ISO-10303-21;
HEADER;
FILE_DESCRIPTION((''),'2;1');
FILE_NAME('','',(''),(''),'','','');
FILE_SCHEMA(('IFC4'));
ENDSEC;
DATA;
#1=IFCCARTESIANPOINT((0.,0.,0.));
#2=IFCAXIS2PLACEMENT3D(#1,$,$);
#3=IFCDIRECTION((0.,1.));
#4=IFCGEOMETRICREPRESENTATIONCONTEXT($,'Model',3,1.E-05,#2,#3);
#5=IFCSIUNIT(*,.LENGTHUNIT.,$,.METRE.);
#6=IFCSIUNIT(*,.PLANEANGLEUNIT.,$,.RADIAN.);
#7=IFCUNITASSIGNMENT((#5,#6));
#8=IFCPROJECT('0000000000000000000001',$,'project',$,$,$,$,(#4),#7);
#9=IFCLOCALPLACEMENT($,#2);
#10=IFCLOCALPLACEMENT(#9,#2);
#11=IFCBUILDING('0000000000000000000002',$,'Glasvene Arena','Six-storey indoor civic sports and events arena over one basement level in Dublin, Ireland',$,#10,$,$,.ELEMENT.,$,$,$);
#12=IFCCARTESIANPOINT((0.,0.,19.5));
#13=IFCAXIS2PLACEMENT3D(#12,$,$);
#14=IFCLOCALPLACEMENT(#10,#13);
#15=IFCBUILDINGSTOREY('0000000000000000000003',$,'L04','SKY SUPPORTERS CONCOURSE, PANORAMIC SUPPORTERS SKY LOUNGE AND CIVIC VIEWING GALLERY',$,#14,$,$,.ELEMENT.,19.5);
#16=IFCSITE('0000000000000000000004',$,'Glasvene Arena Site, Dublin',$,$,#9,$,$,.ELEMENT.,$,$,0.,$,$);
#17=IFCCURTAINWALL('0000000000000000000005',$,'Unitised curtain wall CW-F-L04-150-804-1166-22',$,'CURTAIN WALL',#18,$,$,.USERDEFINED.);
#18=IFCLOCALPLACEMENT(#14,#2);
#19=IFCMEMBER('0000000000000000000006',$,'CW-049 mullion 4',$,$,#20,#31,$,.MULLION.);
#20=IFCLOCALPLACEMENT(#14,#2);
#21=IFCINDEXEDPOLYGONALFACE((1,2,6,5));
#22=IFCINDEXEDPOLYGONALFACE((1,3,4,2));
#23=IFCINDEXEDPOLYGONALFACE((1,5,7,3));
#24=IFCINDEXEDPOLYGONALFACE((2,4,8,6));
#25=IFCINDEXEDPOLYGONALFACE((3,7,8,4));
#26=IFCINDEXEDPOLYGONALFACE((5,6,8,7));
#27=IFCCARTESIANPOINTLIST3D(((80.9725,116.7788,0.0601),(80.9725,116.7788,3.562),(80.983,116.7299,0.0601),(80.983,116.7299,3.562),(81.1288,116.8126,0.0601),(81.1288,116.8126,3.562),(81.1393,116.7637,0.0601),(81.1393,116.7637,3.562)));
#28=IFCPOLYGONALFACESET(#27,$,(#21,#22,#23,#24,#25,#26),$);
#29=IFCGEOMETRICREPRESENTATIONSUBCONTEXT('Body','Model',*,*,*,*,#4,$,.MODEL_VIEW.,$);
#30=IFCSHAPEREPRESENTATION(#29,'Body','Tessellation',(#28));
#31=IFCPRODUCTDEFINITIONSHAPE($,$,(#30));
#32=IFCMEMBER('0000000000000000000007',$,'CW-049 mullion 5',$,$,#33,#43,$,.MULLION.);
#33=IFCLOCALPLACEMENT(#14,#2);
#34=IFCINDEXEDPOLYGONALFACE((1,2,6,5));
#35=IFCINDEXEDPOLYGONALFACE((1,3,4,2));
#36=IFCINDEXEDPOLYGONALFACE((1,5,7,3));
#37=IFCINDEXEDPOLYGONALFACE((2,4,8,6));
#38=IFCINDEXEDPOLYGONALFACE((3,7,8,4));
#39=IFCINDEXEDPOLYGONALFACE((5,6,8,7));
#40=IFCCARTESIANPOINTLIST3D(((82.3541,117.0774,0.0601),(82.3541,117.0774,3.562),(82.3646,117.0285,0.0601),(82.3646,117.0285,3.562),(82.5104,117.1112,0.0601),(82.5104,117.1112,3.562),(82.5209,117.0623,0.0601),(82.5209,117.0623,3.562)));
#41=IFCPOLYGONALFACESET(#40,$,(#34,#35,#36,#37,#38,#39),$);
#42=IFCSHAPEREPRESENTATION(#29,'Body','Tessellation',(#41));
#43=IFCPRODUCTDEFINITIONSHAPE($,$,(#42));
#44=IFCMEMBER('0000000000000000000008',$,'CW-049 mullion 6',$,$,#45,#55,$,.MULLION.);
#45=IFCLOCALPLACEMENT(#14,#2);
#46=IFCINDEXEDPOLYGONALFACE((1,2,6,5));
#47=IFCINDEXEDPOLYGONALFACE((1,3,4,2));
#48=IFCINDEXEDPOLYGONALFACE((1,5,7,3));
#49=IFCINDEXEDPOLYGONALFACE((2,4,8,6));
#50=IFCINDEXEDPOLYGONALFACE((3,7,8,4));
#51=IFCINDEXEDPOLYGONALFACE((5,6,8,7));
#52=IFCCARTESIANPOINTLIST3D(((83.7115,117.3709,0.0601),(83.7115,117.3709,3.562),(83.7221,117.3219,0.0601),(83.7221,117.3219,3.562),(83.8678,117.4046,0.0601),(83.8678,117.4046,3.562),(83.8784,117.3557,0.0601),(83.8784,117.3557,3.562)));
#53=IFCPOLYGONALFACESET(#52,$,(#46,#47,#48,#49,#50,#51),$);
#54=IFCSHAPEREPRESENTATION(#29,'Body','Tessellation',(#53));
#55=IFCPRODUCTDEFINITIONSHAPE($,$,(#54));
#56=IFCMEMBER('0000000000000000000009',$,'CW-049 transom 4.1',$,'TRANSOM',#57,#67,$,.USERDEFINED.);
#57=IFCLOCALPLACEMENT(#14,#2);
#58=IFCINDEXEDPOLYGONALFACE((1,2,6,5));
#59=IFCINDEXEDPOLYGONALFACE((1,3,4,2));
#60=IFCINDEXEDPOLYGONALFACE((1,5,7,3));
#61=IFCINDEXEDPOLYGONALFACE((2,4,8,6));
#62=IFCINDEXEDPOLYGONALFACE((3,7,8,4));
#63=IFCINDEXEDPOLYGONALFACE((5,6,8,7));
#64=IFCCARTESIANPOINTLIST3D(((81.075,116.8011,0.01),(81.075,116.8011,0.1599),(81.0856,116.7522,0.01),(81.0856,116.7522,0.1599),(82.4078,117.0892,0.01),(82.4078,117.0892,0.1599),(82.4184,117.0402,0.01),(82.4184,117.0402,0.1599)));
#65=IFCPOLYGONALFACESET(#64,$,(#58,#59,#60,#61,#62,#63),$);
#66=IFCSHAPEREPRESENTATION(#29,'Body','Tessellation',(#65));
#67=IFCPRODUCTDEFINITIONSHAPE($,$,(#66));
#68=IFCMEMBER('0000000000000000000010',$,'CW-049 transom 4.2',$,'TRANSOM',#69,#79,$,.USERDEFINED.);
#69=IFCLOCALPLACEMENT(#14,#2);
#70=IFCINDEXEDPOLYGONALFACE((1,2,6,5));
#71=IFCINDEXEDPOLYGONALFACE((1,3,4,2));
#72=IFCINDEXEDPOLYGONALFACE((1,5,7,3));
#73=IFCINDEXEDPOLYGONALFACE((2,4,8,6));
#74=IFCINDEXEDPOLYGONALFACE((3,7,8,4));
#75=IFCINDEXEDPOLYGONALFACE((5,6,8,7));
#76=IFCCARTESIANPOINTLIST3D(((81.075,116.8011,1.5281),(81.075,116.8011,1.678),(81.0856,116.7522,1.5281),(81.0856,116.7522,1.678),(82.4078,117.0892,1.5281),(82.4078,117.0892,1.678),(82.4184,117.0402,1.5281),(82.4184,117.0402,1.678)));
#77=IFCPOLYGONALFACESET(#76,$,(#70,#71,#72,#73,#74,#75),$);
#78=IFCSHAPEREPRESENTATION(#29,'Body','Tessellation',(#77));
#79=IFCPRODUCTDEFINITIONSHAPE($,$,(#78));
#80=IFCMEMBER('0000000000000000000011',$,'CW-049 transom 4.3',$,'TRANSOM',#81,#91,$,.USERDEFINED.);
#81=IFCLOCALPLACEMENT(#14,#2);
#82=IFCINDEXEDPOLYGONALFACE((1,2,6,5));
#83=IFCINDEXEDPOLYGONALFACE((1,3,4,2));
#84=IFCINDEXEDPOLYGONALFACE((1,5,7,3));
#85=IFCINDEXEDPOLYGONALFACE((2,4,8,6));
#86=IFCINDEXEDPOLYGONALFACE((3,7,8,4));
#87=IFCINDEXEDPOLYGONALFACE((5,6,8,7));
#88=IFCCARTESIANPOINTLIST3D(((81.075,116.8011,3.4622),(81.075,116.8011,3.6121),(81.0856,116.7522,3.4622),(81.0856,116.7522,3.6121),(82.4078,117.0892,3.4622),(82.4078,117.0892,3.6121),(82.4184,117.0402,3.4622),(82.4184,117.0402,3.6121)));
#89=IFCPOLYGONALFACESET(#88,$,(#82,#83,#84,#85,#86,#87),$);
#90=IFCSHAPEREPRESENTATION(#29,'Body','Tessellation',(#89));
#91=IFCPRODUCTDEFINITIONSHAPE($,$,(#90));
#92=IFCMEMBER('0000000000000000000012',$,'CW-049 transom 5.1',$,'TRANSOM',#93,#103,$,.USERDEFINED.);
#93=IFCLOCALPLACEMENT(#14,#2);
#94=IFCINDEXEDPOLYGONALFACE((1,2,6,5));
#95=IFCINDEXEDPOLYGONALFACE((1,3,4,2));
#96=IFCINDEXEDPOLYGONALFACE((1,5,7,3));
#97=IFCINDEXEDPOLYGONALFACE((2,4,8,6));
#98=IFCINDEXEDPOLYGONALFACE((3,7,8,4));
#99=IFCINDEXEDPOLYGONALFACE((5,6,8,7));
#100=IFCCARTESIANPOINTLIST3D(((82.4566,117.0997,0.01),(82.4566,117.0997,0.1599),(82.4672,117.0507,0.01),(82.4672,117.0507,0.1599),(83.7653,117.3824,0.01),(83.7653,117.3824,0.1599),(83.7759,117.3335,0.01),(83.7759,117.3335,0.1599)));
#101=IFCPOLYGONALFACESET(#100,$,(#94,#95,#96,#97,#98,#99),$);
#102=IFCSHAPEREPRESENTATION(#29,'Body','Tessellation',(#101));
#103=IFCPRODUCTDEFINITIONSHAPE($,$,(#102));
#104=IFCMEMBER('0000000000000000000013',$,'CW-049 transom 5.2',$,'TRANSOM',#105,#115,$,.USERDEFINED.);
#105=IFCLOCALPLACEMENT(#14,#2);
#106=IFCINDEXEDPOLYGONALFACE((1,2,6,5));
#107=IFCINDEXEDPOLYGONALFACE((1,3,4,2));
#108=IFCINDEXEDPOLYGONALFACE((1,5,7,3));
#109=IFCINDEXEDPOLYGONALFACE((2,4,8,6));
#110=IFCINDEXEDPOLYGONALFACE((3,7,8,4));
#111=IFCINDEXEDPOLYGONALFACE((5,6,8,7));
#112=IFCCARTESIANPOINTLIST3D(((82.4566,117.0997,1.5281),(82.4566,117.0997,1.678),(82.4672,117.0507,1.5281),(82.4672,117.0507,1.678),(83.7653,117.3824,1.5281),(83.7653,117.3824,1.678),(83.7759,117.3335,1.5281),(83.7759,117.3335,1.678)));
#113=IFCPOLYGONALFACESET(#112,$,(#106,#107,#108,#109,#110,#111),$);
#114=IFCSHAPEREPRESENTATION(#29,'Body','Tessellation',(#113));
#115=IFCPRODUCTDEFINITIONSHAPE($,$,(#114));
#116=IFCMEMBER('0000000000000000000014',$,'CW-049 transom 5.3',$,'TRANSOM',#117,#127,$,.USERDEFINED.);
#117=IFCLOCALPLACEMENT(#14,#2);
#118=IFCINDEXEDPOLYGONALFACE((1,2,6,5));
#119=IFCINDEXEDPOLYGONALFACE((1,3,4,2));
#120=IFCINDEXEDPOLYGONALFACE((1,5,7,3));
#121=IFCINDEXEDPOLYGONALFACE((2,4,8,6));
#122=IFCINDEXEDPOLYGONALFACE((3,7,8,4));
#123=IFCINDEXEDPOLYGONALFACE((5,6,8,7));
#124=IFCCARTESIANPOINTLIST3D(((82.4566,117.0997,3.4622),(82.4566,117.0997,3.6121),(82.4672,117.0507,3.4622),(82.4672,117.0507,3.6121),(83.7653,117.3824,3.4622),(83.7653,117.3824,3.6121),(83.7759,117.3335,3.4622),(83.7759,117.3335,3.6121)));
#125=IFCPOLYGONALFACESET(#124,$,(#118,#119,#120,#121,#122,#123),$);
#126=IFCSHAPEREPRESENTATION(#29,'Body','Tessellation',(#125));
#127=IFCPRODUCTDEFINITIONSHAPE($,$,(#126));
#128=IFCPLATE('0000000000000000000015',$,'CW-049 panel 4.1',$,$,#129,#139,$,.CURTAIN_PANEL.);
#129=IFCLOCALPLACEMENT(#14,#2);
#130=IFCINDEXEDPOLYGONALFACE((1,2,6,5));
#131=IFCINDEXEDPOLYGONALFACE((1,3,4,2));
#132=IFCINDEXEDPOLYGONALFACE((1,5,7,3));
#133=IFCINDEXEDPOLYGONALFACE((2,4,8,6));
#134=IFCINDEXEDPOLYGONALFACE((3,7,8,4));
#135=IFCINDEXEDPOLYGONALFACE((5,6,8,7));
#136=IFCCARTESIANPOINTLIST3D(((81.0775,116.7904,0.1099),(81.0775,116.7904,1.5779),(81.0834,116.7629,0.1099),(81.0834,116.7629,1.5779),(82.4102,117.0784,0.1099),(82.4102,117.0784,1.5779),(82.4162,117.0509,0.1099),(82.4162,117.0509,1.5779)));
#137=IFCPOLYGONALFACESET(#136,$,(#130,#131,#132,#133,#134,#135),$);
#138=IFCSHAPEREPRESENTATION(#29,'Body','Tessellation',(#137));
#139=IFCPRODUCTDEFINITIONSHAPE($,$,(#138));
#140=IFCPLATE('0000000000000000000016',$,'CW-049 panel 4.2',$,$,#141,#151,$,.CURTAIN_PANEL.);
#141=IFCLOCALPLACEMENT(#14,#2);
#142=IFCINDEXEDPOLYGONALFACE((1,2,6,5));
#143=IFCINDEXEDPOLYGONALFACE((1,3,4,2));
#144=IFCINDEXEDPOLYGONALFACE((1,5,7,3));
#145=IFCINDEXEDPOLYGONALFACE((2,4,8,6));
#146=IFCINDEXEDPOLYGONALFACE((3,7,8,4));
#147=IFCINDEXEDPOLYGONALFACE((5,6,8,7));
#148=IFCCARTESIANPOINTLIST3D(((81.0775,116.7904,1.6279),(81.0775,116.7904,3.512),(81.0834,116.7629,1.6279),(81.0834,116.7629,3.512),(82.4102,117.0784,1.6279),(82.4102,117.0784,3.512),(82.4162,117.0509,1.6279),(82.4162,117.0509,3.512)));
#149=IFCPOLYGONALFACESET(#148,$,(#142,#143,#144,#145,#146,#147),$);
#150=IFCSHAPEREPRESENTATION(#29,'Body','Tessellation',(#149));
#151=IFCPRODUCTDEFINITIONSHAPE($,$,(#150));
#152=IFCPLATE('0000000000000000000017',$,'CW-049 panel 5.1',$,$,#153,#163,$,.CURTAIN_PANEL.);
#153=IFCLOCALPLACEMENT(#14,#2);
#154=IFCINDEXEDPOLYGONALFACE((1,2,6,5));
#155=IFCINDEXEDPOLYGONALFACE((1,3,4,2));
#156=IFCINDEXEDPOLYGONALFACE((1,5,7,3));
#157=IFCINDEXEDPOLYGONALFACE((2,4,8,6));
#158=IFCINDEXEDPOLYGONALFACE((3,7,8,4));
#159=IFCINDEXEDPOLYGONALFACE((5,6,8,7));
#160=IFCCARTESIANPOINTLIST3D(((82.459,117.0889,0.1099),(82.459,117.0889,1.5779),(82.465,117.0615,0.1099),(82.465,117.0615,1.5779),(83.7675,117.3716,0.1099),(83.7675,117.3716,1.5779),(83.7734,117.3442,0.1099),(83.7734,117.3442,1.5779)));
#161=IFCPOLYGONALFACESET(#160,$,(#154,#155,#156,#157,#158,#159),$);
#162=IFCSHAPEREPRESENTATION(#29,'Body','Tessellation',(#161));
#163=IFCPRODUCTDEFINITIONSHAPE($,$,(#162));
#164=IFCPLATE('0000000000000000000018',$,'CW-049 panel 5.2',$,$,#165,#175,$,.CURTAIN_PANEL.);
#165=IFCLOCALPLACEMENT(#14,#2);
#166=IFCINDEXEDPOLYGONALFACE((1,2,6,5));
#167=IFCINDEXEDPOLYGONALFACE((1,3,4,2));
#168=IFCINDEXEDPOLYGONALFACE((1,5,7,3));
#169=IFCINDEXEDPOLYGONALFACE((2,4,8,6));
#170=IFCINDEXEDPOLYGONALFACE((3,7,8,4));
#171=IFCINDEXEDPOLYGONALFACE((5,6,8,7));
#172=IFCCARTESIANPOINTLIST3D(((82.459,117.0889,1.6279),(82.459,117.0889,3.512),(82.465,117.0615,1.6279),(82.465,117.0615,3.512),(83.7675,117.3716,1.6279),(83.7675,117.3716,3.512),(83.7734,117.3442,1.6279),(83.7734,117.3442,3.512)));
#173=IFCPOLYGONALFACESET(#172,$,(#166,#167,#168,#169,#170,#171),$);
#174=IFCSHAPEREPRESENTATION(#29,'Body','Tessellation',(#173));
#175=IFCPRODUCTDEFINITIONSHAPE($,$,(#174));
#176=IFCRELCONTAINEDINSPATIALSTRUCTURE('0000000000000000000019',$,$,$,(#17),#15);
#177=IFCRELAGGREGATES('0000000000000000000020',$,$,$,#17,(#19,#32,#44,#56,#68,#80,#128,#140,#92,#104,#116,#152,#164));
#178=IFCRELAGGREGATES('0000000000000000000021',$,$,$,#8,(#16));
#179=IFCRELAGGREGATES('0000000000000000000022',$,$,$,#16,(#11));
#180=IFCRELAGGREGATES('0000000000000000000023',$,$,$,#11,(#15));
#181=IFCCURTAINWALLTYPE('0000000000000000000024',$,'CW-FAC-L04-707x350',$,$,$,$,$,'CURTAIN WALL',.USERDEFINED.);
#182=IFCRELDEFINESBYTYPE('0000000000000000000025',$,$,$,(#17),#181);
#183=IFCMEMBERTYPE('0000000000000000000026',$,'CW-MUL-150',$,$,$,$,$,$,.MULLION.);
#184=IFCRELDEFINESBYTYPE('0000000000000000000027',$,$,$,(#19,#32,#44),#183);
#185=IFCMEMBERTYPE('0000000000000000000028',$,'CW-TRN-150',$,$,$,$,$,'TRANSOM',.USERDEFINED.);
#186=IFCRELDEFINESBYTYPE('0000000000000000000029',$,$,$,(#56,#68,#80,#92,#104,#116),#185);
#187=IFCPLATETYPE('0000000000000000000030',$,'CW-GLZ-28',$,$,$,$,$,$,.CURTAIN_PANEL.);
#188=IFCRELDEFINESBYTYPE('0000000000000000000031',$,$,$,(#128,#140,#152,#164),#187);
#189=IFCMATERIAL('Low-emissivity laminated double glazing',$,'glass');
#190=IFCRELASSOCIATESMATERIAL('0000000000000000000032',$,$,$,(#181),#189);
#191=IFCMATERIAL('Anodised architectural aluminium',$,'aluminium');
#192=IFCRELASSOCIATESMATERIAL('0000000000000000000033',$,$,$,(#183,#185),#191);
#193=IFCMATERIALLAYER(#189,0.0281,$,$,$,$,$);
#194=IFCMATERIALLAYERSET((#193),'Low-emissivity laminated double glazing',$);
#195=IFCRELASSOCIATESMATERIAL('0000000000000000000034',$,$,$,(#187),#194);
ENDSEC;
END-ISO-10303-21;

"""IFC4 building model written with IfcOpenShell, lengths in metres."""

from ifc_helpers import new_model, si_unit, direction, frame, origin, origin_2d, place, context, subcontext, project, spatial, rectangle, extrude, material, layer, layer_set, material_profile, profile_set, type_object, element, aggregate, save


model = new_model("IFC4")

# Units and contexts
model_context = context("Model", 3, precision=1e-05, world=origin(), true_north=direction((0.0, 1.0)))
body_context = subcontext(model_context, "Body", "Model", "MODEL_VIEW")
ifc_project = project(units=[si_unit("LENGTHUNIT", "METRE"), si_unit("PLANEANGLEUNIT", "RADIAN")], contexts=[model_context])

# Site, building, storey
site_placement = place(None, origin())
site = spatial("IfcSite", under=ifc_project, at=site_placement, Name="Glasvene Arena Site, Dublin", CompositionType="ELEMENT", RefElevation=0.0)
building_placement = place(site_placement, origin())
building = spatial("IfcBuilding", under=site, at=building_placement, Name="Glasvene Arena", Description="Six-storey indoor civic sports and events arena over one basement level in Dublin, Ireland", CompositionType="ELEMENT")
storey_placement = place(building_placement, frame((0.0, 0.0, 19.5)))
storey = spatial("IfcBuildingStorey", under=building, at=storey_placement, Name="L04", Description="SKY SUPPORTERS CONCOURSE, PANORAMIC SUPPORTERS SKY LOUNGE AND CIVIC VIEWING GALLERY", CompositionType="ELEMENT", Elevation=19.5)

# Curtain wall, members, plates
ifc_material_1 = material(Name="Low-emissivity laminated double glazing", Category="glass")
curtain_wall_type = type_object("IfcCurtainWallType", Name="CW-FAC-L04-707x350", ElementType="CURTAIN WALL", PredefinedType="USERDEFINED", material=ifc_material_1)
curtain_wall_placement = place(storey_placement, frame((76.9109, 115.8755, 0.0)))
curtain_wall = element("IfcCurtainWall", 1, at=curtain_wall_placement, inside=storey, type_object=curtain_wall_type, Name="Unitised curtain wall CW-F-L04-150-804-1166-22", ObjectType="CURTAIN WALL", PredefinedType="USERDEFINED")
ifc_material_2 = material(Name="Anodised architectural aluminium", Category="aluminium")
ifc_material_profile_1 = material_profile(ifc_material_2, rectangle(XDim=0.05, YDim=0.1599, at=origin_2d()), Name="ALU MULLION 50x160")
ifc_profile_set_1 = profile_set([ifc_material_profile_1], Name="Anodised architectural aluminium")
member_type_1 = type_object("IfcMemberType", Name="CW-MUL-150", PredefinedType="MULLION", material=ifc_profile_set_1)
member_1_placement = place(storey_placement, frame((81.0559, 116.7712, 0.0601), z_axis=(0.0, 0.0, 1.0), x_axis=(-0.211221, 0.977438, 0.0)))
member_1 = element("IfcMember", 2, at=member_1_placement, type_object=member_type_1, Name="CW-049 mullion 4", PredefinedType="MULLION", context=body_context, shape_type="SweptSolid", body=[
    extrude(rectangle(XDim=0.05, YDim=0.1599, at=origin_2d()), origin(), (0.0, 0.0, 1.0), 3.502),
])
member_2_placement = place(storey_placement, frame((82.4375, 117.0698, 0.0601), z_axis=(0.0, 0.0, 1.0), x_axis=(-0.211221, 0.977438, 0.0)))
member_2 = element("IfcMember", 3, at=member_2_placement, type_object=member_type_1, Name="CW-049 mullion 5", PredefinedType="MULLION", context=body_context, shape_type="SweptSolid", body=[
    extrude(rectangle(XDim=0.05, YDim=0.1599, at=origin_2d()), origin(), (0.0, 0.0, 1.0), 3.502),
])
member_3_placement = place(storey_placement, frame((83.7949, 117.3633, 0.0601), z_axis=(0.0, 0.0, 1.0), x_axis=(-0.211221, 0.977438, 0.0)))
member_3 = element("IfcMember", 4, at=member_3_placement, type_object=member_type_1, Name="CW-049 mullion 6", PredefinedType="MULLION", context=body_context, shape_type="SweptSolid", body=[
    extrude(rectangle(XDim=0.05, YDim=0.1599, at=origin_2d()), origin(), (0.0, 0.0, 1.0), 3.502),
])
ifc_material_profile_2 = material_profile(ifc_material_2, rectangle(XDim=0.05, YDim=0.1499, at=origin_2d()), Name="ALU TRANSOM 50x150")
ifc_profile_set_2 = profile_set([ifc_material_profile_2], Name="Anodised architectural aluminium")
member_type_2 = type_object("IfcMemberType", Name="CW-TRN-150", ElementType="TRANSOM", PredefinedType="USERDEFINED", material=ifc_profile_set_2)
member_4_placement = place(storey_placement, frame((81.0803, 116.7766, 0.085), z_axis=(0.977426, 0.211277, 0.0), x_axis=(-0.211277, 0.977426, 0.0)))
member_4 = element("IfcMember", 5, at=member_4_placement, type_object=member_type_2, Name="CW-049 transom 4.1", ObjectType="TRANSOM", PredefinedType="USERDEFINED", context=body_context, shape_type="SweptSolid", body=[
    extrude(rectangle(XDim=0.05, YDim=0.1499, at=origin_2d()), origin(), (0.0, 0.0, 1.0), 1.3635),
])
member_5_placement = place(storey_placement, frame((81.0803, 116.7766, 1.603), z_axis=(0.977426, 0.211277, 0.0), x_axis=(-0.211277, 0.977426, 0.0)))
member_5 = element("IfcMember", 6, at=member_5_placement, type_object=member_type_2, Name="CW-049 transom 4.2", ObjectType="TRANSOM", PredefinedType="USERDEFINED", context=body_context, shape_type="SweptSolid", body=[
    extrude(rectangle(XDim=0.05, YDim=0.1499, at=origin_2d()), origin(), (0.0, 0.0, 1.0), 1.3635),
])
member_6_placement = place(storey_placement, frame((81.0803, 116.7766, 3.5371), z_axis=(0.977426, 0.211277, 0.0), x_axis=(-0.211277, 0.977426, 0.0)))
member_6 = element("IfcMember", 7, at=member_6_placement, type_object=member_type_2, Name="CW-049 transom 4.3", ObjectType="TRANSOM", PredefinedType="USERDEFINED", context=body_context, shape_type="SweptSolid", body=[
    extrude(rectangle(XDim=0.05, YDim=0.1499, at=origin_2d()), origin(), (0.0, 0.0, 1.0), 1.3635),
])
member_7_placement = place(storey_placement, frame((82.4619, 117.0752, 0.085), z_axis=(0.977449, 0.211173, 0.0), x_axis=(-0.211173, 0.977449, 0.0)))
member_7 = element("IfcMember", 8, at=member_7_placement, type_object=member_type_2, Name="CW-049 transom 5.1", ObjectType="TRANSOM", PredefinedType="USERDEFINED", context=body_context, shape_type="SweptSolid", body=[
    extrude(rectangle(XDim=0.05, YDim=0.1499, at=origin_2d()), origin(), (0.0, 0.0, 1.0), 1.3389),
])
member_8_placement = place(storey_placement, frame((82.4619, 117.0752, 1.603), z_axis=(0.977449, 0.211173, 0.0), x_axis=(-0.211173, 0.977449, 0.0)))
member_8 = element("IfcMember", 9, at=member_8_placement, type_object=member_type_2, Name="CW-049 transom 5.2", ObjectType="TRANSOM", PredefinedType="USERDEFINED", context=body_context, shape_type="SweptSolid", body=[
    extrude(rectangle(XDim=0.05, YDim=0.1499, at=origin_2d()), origin(), (0.0, 0.0, 1.0), 1.3389),
])
member_9_placement = place(storey_placement, frame((82.4619, 117.0752, 3.5371), z_axis=(0.977449, 0.211173, 0.0), x_axis=(-0.211173, 0.977449, 0.0)))
member_9 = element("IfcMember", 10, at=member_9_placement, type_object=member_type_2, Name="CW-049 transom 5.3", ObjectType="TRANSOM", PredefinedType="USERDEFINED", context=body_context, shape_type="SweptSolid", body=[
    extrude(rectangle(XDim=0.05, YDim=0.1499, at=origin_2d()), origin(), (0.0, 0.0, 1.0), 1.3389),
])
ifc_layer_1 = layer(ifc_material_1, 0.0281)
ifc_layer_set_1 = layer_set([ifc_layer_1], Name="Low-emissivity laminated double glazing")
plate_type = type_object("IfcPlateType", Name="CW-GLZ-28", PredefinedType="CURTAIN_PANEL", material=ifc_layer_set_1)
plate_1_placement = place(storey_placement, frame((81.7468, 116.9207, 0.1099), z_axis=(0.0, 0.0, 1.0), x_axis=(0.977438, 0.211221, 0.0)))
plate_1 = element("IfcPlate", 11, at=plate_1_placement, type_object=plate_type, Name="CW-049 panel 4.1", PredefinedType="CURTAIN_PANEL", context=body_context, shape_type="SweptSolid", body=[
    extrude(rectangle(XDim=1.3635, YDim=0.0281, at=origin_2d()), origin(), (0.0, 0.0, 1.0), 1.468),
])
plate_2_placement = place(storey_placement, frame((81.7468, 116.9207, 1.6279), z_axis=(0.0, 0.0, 1.0), x_axis=(0.977438, 0.211221, 0.0)))
plate_2 = element("IfcPlate", 12, at=plate_2_placement, type_object=plate_type, Name="CW-049 panel 4.2", PredefinedType="CURTAIN_PANEL", context=body_context, shape_type="SweptSolid", body=[
    extrude(rectangle(XDim=1.3635, YDim=0.0281, at=origin_2d()), origin(), (0.0, 0.0, 1.0), 1.884),
])
plate_3_placement = place(storey_placement, frame((83.1162, 117.2166, 0.1099), z_axis=(0.0, 0.0, 1.0), x_axis=(0.977438, 0.211221, 0.0)))
plate_3 = element("IfcPlate", 13, at=plate_3_placement, type_object=plate_type, Name="CW-049 panel 5.1", PredefinedType="CURTAIN_PANEL", context=body_context, shape_type="SweptSolid", body=[
    extrude(rectangle(XDim=1.3386, YDim=0.0281, at=origin_2d()), origin(), (0.0, 0.0, 1.0), 1.468),
])
plate_4_placement = place(storey_placement, frame((83.1162, 117.2166, 1.6279), z_axis=(0.0, 0.0, 1.0), x_axis=(0.977438, 0.211221, 0.0)))
plate_4 = element("IfcPlate", 14, at=plate_4_placement, type_object=plate_type, Name="CW-049 panel 5.2", PredefinedType="CURTAIN_PANEL", context=body_context, shape_type="SweptSolid", body=[
    extrude(rectangle(XDim=1.3386, YDim=0.0281, at=origin_2d()), origin(), (0.0, 0.0, 1.0), 1.884),
])
aggregate(curtain_wall, [member_1, member_2, member_3, member_4, member_5, member_6, plate_1, plate_2, member_7, member_8, member_9, plate_3, plate_4])

save(model, "model.ifc")
